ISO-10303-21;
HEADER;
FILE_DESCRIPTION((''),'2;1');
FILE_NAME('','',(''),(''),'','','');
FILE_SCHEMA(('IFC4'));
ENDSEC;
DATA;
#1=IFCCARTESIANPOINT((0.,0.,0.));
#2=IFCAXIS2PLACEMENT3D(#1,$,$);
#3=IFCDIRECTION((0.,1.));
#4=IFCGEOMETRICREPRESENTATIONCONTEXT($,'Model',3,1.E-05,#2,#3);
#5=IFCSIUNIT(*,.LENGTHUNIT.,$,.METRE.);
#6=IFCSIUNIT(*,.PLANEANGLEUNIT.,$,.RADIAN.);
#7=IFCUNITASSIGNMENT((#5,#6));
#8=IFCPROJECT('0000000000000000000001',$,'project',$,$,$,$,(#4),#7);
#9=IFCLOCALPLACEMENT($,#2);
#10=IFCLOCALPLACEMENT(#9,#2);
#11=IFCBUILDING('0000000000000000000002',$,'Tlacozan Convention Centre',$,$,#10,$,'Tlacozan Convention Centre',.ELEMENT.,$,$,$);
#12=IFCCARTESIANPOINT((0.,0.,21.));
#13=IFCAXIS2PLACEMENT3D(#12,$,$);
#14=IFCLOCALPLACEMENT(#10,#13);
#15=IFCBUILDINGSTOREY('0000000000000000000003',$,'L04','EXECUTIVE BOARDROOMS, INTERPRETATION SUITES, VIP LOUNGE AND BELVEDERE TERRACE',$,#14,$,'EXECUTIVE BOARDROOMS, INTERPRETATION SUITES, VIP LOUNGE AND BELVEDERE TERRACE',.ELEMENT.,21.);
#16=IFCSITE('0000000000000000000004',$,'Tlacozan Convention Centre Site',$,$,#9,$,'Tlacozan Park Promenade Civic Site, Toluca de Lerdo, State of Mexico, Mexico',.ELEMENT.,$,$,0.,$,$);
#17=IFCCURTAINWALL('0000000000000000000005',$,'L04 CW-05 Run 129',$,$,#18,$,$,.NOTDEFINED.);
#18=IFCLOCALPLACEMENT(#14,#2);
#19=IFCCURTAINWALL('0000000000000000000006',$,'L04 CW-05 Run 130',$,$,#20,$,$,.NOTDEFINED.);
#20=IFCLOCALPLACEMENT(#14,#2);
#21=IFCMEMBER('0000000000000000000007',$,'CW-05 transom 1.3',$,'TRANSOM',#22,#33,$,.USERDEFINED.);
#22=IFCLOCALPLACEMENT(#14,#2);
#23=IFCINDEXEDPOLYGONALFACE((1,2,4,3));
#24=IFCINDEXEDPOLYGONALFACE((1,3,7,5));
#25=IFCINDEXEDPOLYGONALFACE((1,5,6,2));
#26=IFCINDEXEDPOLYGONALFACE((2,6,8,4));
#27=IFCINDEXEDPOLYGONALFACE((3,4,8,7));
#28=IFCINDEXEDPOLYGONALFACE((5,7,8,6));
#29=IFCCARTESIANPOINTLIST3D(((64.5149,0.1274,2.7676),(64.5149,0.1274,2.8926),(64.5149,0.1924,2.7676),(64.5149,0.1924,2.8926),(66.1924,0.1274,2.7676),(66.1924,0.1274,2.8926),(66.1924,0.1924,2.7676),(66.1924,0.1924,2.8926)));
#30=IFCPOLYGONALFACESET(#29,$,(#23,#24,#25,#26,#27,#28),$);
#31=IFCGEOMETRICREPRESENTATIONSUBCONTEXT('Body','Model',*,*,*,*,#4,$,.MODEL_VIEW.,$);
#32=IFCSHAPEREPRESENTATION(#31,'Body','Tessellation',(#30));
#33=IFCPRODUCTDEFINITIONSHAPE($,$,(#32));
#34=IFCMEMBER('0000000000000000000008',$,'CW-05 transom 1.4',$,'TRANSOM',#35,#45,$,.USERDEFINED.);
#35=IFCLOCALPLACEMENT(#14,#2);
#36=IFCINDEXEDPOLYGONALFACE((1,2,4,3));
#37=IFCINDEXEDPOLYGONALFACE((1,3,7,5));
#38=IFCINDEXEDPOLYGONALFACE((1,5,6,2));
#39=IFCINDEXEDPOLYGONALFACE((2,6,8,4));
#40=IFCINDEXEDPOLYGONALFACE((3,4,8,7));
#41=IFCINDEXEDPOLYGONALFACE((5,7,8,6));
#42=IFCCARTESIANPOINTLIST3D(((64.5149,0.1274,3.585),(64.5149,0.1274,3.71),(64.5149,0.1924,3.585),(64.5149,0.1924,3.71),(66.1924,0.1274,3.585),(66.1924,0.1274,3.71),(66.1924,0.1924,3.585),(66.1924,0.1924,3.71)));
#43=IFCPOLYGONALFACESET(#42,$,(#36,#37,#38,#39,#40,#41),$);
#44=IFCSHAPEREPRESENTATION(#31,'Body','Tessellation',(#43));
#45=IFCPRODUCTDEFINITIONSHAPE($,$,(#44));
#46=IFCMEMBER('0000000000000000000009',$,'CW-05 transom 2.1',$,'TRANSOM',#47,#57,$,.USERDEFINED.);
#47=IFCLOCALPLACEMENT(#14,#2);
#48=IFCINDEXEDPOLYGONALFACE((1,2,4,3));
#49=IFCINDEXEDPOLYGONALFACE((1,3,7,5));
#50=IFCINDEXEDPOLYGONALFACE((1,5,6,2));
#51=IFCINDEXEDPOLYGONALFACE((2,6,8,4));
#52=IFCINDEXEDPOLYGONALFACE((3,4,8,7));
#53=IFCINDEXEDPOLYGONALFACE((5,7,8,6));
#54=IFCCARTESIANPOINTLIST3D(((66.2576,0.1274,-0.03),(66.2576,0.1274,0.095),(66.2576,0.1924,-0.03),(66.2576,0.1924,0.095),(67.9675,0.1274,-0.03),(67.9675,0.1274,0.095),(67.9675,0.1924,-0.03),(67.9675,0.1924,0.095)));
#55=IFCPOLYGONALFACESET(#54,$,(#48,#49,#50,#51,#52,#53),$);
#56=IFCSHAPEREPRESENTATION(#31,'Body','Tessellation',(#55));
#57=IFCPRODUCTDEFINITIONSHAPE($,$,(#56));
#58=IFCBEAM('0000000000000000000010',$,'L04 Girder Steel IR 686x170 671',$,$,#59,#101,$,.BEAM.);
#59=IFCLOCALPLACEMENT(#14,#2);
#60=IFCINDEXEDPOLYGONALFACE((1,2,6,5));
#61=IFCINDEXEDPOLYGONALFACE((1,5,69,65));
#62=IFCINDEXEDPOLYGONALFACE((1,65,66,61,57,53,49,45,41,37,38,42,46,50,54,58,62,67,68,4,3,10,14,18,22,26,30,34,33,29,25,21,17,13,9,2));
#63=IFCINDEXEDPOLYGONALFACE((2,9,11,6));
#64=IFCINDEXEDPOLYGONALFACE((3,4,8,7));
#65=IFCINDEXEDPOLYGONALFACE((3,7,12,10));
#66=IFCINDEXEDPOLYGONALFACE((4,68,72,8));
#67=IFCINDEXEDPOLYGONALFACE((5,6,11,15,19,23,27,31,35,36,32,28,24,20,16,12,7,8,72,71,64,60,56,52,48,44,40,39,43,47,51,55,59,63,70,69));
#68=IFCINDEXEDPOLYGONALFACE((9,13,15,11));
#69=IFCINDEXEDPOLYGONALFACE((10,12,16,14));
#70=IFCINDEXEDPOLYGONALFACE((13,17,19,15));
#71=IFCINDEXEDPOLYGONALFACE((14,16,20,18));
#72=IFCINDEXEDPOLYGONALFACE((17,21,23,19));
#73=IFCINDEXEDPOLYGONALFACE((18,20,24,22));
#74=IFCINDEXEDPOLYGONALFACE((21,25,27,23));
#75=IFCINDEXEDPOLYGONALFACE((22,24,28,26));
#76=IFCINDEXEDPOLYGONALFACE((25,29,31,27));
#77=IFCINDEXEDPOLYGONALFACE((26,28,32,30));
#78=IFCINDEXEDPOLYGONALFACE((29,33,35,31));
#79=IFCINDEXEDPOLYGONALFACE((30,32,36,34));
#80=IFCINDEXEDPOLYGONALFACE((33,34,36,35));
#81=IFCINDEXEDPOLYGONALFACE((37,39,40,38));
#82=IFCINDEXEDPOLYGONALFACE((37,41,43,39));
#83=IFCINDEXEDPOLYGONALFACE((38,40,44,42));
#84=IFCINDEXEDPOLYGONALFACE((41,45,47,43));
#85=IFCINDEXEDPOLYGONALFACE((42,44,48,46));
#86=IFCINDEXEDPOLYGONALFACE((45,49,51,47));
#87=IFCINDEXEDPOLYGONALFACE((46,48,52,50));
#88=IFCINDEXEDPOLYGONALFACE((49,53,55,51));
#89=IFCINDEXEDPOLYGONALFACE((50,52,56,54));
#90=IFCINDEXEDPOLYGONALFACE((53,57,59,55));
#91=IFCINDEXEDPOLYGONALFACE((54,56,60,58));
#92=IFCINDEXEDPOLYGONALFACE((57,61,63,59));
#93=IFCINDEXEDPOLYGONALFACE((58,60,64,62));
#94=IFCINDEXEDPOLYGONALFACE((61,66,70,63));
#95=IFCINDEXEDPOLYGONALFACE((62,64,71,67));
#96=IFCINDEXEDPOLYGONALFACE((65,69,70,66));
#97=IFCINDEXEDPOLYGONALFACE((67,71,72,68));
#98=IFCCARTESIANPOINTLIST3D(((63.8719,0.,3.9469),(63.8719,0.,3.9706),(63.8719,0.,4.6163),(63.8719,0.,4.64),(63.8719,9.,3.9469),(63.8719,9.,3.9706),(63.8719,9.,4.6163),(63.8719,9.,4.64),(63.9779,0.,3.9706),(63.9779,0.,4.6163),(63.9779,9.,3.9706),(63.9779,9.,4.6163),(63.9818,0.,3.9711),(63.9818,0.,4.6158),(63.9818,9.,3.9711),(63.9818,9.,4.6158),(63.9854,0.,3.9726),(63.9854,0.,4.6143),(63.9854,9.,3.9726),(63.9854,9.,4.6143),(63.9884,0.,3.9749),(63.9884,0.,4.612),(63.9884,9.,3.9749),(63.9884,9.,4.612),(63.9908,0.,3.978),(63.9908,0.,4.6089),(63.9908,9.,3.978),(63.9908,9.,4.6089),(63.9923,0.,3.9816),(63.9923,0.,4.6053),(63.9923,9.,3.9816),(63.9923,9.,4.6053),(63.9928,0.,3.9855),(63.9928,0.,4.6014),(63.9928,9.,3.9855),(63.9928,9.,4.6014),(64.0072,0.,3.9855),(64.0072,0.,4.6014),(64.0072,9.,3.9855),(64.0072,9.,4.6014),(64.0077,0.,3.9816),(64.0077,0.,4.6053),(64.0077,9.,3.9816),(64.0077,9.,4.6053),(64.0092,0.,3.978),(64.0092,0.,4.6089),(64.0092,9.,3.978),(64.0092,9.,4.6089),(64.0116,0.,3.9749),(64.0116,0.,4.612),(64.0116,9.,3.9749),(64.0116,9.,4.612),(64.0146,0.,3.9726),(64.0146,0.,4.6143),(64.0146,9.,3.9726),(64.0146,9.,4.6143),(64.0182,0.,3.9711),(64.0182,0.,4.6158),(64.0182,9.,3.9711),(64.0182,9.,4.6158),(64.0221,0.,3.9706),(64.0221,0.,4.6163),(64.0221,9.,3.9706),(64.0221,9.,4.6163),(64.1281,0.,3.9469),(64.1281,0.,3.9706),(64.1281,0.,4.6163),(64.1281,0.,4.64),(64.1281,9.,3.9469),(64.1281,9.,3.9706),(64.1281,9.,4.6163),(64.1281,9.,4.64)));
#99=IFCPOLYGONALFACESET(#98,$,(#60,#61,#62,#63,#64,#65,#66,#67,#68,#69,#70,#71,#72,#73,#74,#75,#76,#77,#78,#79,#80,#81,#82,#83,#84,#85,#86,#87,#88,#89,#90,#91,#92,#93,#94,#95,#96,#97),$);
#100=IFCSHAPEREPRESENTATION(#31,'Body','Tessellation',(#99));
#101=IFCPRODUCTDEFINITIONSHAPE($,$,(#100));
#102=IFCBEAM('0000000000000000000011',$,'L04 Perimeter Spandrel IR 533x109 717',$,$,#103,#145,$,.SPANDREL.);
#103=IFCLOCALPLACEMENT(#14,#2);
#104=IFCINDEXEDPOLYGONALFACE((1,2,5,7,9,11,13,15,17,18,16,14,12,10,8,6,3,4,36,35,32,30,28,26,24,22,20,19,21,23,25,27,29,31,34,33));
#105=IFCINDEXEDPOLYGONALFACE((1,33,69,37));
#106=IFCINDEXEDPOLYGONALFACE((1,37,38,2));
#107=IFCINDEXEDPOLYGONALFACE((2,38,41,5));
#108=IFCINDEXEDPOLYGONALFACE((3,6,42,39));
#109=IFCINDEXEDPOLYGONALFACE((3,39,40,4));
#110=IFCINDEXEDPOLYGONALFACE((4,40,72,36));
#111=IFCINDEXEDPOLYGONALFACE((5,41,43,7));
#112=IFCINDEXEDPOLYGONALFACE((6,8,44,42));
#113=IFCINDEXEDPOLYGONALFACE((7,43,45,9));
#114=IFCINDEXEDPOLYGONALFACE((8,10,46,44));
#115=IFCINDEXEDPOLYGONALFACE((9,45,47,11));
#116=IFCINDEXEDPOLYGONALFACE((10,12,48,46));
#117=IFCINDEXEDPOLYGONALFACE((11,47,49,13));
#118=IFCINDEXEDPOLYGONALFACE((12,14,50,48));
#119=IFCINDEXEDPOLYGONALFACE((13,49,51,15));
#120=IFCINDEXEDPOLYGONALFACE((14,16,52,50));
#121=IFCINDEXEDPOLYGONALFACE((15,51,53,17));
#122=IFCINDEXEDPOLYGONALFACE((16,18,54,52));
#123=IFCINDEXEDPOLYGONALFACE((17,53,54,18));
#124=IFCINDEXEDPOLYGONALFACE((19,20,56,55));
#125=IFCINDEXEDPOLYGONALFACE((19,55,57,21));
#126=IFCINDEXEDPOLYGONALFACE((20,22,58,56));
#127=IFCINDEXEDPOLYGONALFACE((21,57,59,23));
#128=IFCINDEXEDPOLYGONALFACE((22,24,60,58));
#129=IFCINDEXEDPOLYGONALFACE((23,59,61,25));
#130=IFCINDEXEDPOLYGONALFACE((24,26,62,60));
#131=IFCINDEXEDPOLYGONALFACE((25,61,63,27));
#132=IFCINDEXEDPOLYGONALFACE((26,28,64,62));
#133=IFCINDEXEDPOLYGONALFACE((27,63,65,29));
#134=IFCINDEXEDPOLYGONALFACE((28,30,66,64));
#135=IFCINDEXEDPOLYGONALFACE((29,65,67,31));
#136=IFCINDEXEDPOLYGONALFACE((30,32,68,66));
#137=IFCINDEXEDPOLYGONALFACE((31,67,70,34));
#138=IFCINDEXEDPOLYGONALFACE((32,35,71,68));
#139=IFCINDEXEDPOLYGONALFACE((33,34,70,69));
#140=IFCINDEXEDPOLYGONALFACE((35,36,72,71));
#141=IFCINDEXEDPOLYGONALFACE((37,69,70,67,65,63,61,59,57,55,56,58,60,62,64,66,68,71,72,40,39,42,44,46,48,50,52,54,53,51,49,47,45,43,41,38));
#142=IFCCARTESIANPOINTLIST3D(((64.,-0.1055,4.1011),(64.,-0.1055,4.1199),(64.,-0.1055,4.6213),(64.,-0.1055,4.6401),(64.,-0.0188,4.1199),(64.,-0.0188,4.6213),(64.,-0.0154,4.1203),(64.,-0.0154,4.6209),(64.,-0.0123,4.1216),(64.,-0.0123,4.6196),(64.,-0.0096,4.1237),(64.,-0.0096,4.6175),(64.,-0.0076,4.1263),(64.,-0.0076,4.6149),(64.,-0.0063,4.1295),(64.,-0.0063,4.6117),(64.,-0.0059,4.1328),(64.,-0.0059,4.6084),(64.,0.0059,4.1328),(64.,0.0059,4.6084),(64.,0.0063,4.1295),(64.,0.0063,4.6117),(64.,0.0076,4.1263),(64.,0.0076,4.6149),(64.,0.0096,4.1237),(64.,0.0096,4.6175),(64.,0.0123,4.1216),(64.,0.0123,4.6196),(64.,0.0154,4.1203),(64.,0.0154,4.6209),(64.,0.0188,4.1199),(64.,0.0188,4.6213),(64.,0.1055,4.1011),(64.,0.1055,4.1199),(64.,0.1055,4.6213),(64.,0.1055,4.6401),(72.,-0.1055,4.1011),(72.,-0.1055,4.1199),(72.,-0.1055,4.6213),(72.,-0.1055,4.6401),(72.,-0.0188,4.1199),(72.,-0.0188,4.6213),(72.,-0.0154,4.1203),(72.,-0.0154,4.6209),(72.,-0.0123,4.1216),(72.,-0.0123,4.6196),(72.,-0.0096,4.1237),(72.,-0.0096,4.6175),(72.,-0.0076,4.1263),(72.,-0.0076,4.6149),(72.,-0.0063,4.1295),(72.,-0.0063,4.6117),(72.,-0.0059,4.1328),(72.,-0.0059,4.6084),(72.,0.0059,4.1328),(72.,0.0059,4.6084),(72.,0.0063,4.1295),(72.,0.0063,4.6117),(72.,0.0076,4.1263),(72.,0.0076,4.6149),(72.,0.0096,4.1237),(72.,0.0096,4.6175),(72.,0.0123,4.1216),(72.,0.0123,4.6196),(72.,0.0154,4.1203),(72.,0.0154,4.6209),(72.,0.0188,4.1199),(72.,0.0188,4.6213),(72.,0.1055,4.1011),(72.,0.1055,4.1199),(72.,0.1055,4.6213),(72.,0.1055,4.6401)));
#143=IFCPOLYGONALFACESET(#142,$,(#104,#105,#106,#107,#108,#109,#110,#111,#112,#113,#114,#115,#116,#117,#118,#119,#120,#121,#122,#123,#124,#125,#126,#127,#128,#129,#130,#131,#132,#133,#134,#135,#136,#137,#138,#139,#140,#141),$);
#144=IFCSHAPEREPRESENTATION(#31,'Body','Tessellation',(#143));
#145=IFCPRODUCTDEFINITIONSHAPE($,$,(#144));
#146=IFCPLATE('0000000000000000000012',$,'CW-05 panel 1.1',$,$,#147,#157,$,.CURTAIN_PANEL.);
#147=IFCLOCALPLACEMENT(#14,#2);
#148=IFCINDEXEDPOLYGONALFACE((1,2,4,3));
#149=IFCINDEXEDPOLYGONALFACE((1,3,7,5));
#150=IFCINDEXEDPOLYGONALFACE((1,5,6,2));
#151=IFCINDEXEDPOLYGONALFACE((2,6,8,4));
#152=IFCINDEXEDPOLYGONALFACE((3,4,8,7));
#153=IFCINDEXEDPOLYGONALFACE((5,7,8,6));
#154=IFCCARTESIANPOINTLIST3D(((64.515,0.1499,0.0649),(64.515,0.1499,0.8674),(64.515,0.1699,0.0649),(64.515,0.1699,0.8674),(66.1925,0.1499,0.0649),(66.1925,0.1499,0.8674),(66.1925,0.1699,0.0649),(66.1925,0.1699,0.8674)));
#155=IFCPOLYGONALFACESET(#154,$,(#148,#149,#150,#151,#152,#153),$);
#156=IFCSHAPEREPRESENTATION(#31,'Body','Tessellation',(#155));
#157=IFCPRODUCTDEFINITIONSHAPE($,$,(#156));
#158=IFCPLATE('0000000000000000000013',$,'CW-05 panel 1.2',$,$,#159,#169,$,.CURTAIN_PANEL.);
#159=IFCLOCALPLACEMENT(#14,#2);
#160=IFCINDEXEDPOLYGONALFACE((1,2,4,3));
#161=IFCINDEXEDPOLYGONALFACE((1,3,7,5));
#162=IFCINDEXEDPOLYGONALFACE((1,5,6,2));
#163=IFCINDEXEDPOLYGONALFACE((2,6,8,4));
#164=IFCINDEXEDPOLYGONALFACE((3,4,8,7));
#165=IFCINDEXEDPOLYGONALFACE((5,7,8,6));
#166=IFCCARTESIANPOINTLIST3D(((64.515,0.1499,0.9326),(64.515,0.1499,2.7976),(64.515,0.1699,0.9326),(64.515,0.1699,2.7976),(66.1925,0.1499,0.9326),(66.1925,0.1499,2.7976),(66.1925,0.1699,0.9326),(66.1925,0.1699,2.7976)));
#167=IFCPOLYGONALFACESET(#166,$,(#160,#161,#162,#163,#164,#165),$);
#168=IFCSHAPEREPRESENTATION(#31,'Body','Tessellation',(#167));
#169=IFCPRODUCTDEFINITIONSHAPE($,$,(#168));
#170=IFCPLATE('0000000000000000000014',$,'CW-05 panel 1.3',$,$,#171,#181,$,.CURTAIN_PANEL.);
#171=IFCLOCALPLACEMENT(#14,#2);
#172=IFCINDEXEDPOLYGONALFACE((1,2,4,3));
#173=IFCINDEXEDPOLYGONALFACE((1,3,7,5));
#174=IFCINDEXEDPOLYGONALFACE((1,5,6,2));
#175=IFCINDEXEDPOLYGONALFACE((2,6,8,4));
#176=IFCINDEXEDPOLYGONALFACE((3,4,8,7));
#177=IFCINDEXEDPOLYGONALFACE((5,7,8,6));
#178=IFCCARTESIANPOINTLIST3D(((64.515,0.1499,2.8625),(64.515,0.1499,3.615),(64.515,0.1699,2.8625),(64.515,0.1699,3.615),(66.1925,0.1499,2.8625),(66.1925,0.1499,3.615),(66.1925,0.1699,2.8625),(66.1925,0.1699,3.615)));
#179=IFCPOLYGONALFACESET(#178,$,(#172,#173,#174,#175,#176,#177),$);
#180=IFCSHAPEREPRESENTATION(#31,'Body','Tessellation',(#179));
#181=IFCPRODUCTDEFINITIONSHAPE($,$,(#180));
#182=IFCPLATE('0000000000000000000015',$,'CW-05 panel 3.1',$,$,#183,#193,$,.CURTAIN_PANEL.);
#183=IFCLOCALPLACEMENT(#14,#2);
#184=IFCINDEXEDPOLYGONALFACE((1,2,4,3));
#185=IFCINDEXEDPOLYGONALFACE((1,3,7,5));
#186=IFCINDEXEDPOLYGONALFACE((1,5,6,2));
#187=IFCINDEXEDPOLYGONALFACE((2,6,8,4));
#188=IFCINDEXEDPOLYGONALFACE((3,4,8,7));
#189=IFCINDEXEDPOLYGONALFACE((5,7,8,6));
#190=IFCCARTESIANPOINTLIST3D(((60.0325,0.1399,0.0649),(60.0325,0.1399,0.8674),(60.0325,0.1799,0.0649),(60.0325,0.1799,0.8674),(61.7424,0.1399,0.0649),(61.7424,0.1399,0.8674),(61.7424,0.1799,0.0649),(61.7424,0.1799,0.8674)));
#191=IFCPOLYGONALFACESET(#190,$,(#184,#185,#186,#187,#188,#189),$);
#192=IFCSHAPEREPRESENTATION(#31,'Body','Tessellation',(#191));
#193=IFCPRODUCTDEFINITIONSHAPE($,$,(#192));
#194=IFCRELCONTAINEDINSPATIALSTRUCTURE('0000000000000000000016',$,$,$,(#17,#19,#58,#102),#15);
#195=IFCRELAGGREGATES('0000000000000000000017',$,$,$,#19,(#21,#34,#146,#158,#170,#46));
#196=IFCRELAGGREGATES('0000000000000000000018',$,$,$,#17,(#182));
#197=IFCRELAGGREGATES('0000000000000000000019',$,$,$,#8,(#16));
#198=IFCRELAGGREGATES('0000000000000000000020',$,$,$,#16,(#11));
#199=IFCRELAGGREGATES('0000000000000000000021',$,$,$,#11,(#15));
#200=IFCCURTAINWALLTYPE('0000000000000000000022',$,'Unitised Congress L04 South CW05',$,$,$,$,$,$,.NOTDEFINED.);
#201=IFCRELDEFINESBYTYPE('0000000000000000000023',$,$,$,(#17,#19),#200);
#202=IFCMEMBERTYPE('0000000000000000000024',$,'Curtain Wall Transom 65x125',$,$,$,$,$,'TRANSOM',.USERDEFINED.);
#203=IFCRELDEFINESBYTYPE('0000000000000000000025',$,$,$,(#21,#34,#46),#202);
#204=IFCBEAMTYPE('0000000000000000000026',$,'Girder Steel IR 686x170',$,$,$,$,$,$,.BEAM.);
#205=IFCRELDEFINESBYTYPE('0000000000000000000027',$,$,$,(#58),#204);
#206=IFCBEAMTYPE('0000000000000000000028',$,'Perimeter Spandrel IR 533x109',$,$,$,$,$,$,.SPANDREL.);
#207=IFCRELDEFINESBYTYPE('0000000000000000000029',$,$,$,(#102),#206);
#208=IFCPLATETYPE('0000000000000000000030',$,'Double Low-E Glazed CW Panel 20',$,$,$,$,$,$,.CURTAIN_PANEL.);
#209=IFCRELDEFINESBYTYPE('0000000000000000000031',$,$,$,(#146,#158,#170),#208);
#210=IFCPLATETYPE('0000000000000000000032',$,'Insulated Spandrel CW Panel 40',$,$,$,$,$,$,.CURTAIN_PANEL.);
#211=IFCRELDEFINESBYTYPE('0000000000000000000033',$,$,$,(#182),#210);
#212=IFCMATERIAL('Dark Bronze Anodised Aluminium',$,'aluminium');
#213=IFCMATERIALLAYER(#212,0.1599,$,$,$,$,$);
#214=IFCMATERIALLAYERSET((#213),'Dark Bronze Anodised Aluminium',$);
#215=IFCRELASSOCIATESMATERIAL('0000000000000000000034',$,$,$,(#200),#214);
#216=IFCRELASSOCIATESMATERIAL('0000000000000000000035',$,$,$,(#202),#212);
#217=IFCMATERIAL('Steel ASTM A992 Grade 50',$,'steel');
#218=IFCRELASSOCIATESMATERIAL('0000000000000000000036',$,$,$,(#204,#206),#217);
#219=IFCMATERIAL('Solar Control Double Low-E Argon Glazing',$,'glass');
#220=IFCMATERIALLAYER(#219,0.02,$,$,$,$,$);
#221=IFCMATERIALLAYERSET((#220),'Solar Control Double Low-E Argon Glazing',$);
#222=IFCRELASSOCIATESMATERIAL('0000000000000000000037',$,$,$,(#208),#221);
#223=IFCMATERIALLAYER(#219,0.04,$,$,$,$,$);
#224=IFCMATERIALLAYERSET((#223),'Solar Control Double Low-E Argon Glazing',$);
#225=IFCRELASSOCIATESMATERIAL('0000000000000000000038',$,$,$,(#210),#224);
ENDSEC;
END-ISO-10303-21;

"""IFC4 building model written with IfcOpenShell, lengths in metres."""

from ifc_helpers import new_model, si_unit, direction, frame, origin, origin_2d, place, context, subcontext, project, spatial, rectangle, i_section, extrude, material, layer, layer_set, material_profile, profile_set, type_object, element, aggregate, save


model = new_model("IFC4")

# Units and contexts
model_context = context("Model", 3, precision=1e-05, world=origin(), true_north=direction((0.0, 1.0)))
body_context = subcontext(model_context, "Body", "Model", "MODEL_VIEW")
ifc_project = project(units=[si_unit("LENGTHUNIT", "METRE"), si_unit("PLANEANGLEUNIT", "RADIAN")], contexts=[model_context])

# Site, building, storey
site_placement = place(None, origin())
site = spatial("IfcSite", under=ifc_project, at=site_placement, Name="Tlacozan Convention Centre Site", LongName="Tlacozan Park Promenade Civic Site, Toluca de Lerdo, State of Mexico, Mexico", CompositionType="ELEMENT", RefElevation=0.0)
building_placement = place(site_placement, origin())
building = spatial("IfcBuilding", under=site, at=building_placement, Name="Tlacozan Convention Centre", LongName="Tlacozan Convention Centre", CompositionType="ELEMENT")
storey_placement = place(building_placement, frame((0.0, 0.0, 21.0)))
storey = spatial("IfcBuildingStorey", under=building, at=storey_placement, Name="L04", Description="EXECUTIVE BOARDROOMS, INTERPRETATION SUITES, VIP LOUNGE AND BELVEDERE TERRACE", LongName="EXECUTIVE BOARDROOMS, INTERPRETATION SUITES, VIP LOUNGE AND BELVEDERE TERRACE", CompositionType="ELEMENT", Elevation=21.0)

# Curtain walls
ifc_material_1 = material(Name="Dark Bronze Anodised Aluminium", Category="aluminium")
ifc_layer_1 = layer(ifc_material_1, 0.1599)
ifc_layer_set_1 = layer_set([ifc_layer_1], Name="Dark Bronze Anodised Aluminium")
curtain_wall_type = type_object("IfcCurtainWallType", Name="Unitised Congress L04 South CW05", PredefinedType="NOTDEFINED", material=ifc_layer_set_1)
curtain_wall_1_placement = place(storey_placement, origin())
curtain_wall_1 = element("IfcCurtainWall", 1, at=curtain_wall_1_placement, inside=storey, type_object=curtain_wall_type, Name="L04 CW-05 Run 129", PredefinedType="NOTDEFINED")
curtain_wall_2_placement = place(storey_placement, origin())
curtain_wall_2 = element("IfcCurtainWall", 2, at=curtain_wall_2_placement, inside=storey, type_object=curtain_wall_type, Name="L04 CW-05 Run 130", PredefinedType="NOTDEFINED")

# Members
ifc_material_profile_1 = material_profile(ifc_material_1, rectangle(XDim=0.0649, YDim=0.125, at=origin_2d()), Name="ALU 65x125")
ifc_profile_set_1 = profile_set([ifc_material_profile_1], Name="Dark Bronze Anodised Aluminium")
member_type_1 = type_object("IfcMemberType", Name="Curtain Wall Transom 65x125", ElementType="TRANSOM", PredefinedType="USERDEFINED", material=ifc_profile_set_1)
member_1_placement = place(storey_placement, frame((64.5149, 0.1599, 2.8301), z_axis=(1.0, 0.0, 0.0), x_axis=(0.0, 1.0, 0.0)))
member_1 = element("IfcMember", 3, at=member_1_placement, type_object=member_type_1, Name="CW-05 transom 1.3", ObjectType="TRANSOM", PredefinedType="USERDEFINED", context=body_context, shape_type="SweptSolid", body=[
    extrude(rectangle(XDim=0.0649, YDim=0.125, at=origin_2d()), origin(), (0.0, 0.0, 1.0), 1.6775),
])
member_2_placement = place(storey_placement, frame((64.5149, 0.1599, 3.6475), z_axis=(1.0, 0.0, 0.0), x_axis=(0.0, 1.0, 0.0)))
member_2 = element("IfcMember", 4, at=member_2_placement, type_object=member_type_1, Name="CW-05 transom 1.4", ObjectType="TRANSOM", PredefinedType="USERDEFINED", context=body_context, shape_type="SweptSolid", body=[
    extrude(rectangle(XDim=0.0649, YDim=0.125, at=origin_2d()), origin(), (0.0, 0.0, 1.0), 1.6775),
])
member_3_placement = place(storey_placement, frame((66.2576, 0.1599, 0.0325), z_axis=(1.0, 0.0, 0.0), x_axis=(0.0, 1.0, 0.0)))
member_3 = element("IfcMember", 5, at=member_3_placement, type_object=member_type_1, Name="CW-05 transom 2.1", ObjectType="TRANSOM", PredefinedType="USERDEFINED", context=body_context, shape_type="SweptSolid", body=[
    extrude(rectangle(XDim=0.0649, YDim=0.125, at=origin_2d()), origin(), (0.0, 0.0, 1.0), 1.71),
])

# Beams
ifc_material_2 = material(Name="Steel ASTM A992 Grade 50", Category="steel")
ifc_material_profile_2 = material_profile(ifc_material_2, i_section(OverallWidth=0.2561, OverallDepth=0.6931, WebThickness=0.0144, FlangeThickness=0.0237, FilletRadius=0.0149, at=origin_2d()), Name="IR 686x170.0")
ifc_profile_set_2 = profile_set([ifc_material_profile_2], Name="Steel ASTM A992 Grade 50")
beam_type_1 = type_object("IfcBeamType", Name="Girder Steel IR 686x170", PredefinedType="BEAM", material=ifc_profile_set_2)
beam_1_placement = place(storey_placement, frame((64.0, 0.0, 4.2935), z_axis=(0.0, 1.0, 0.0), x_axis=(-1.0, 0.0, 0.0)))
element("IfcBeam", 6, at=beam_1_placement, inside=storey, type_object=beam_type_1, Name="L04 Girder Steel IR 686x170 671", PredefinedType="BEAM", context=body_context, shape_type="SweptSolid", body=[
    extrude(i_section(OverallWidth=0.2561, OverallDepth=0.6931, WebThickness=0.0144, FlangeThickness=0.0237, FilletRadius=0.0149, at=origin_2d()), origin(), (0.0, 0.0, 1.0), 9.0),
])
ifc_material_profile_3 = material_profile(ifc_material_2, i_section(OverallWidth=0.2109, OverallDepth=0.5391, WebThickness=0.0117, FlangeThickness=0.0188, FilletRadius=0.0129, at=origin_2d()), Name="IR 533x109.0")
ifc_profile_set_3 = profile_set([ifc_material_profile_3], Name="Steel ASTM A992 Grade 50")
beam_type_2 = type_object("IfcBeamType", Name="Perimeter Spandrel IR 533x109", PredefinedType="SPANDREL", material=ifc_profile_set_3)
beam_2_placement = place(storey_placement, frame((64.0, 0.0, 4.3706), z_axis=(1.0, 0.0, 0.0), x_axis=(0.0, 1.0, 0.0)))
element("IfcBeam", 7, at=beam_2_placement, inside=storey, type_object=beam_type_2, Name="L04 Perimeter Spandrel IR 533x109 717", PredefinedType="SPANDREL", context=body_context, shape_type="SweptSolid", body=[
    extrude(i_section(OverallWidth=0.2109, OverallDepth=0.5391, WebThickness=0.0117, FlangeThickness=0.0188, FilletRadius=0.0129, at=origin_2d()), origin(), (0.0, 0.0, 1.0), 8.0),
])

# Plates
ifc_material_3 = material(Name="Solar Control Double Low-E Argon Glazing", Category="glass")
ifc_layer_2 = layer(ifc_material_3, 0.02)
ifc_layer_set_2 = layer_set([ifc_layer_2], Name="Solar Control Double Low-E Argon Glazing")
plate_type_1 = type_object("IfcPlateType", Name="Double Low-E Glazed CW Panel 20", PredefinedType="CURTAIN_PANEL", material=ifc_layer_set_2)
plate_1_placement = place(storey_placement, frame((65.3538, 0.1599, 0.0649), z_axis=(0.0, 0.0, 1.0), x_axis=(1.0, 0.0, 0.0)))
plate_1 = element("IfcPlate", 8, at=plate_1_placement, type_object=plate_type_1, Name="CW-05 panel 1.1", PredefinedType="CURTAIN_PANEL", context=body_context, shape_type="SweptSolid", body=[
    extrude(rectangle(XDim=1.6775, YDim=0.02, at=origin_2d()), origin(), (0.0, 0.0, 1.0), 0.8025),
])
plate_2_placement = place(storey_placement, frame((65.3538, 0.1599, 0.9326), z_axis=(0.0, 0.0, 1.0), x_axis=(1.0, 0.0, 0.0)))
plate_2 = element("IfcPlate", 9, at=plate_2_placement, type_object=plate_type_1, Name="CW-05 panel 1.2", PredefinedType="CURTAIN_PANEL", context=body_context, shape_type="SweptSolid", body=[
    extrude(rectangle(XDim=1.6775, YDim=0.02, at=origin_2d()), origin(), (0.0, 0.0, 1.0), 1.865),
])
plate_3_placement = place(storey_placement, frame((65.3538, 0.1599, 2.8625), z_axis=(0.0, 0.0, 1.0), x_axis=(1.0, 0.0, 0.0)))
plate_3 = element("IfcPlate", 10, at=plate_3_placement, type_object=plate_type_1, Name="CW-05 panel 1.3", PredefinedType="CURTAIN_PANEL", context=body_context, shape_type="SweptSolid", body=[
    extrude(rectangle(XDim=1.6775, YDim=0.02, at=origin_2d()), origin(), (0.0, 0.0, 1.0), 0.7524),
])
aggregate(curtain_wall_2, [member_1, member_2, plate_1, plate_2, plate_3, member_3])
ifc_layer_3 = layer(ifc_material_3, 0.04)
ifc_layer_set_3 = layer_set([ifc_layer_3], Name="Solar Control Double Low-E Argon Glazing")
plate_type_2 = type_object("IfcPlateType", Name="Insulated Spandrel CW Panel 40", PredefinedType="CURTAIN_PANEL", material=ifc_layer_set_3)
plate_4_placement = place(storey_placement, frame((60.8875, 0.1599, 0.0649), z_axis=(0.0, 0.0, 1.0), x_axis=(1.0, 0.0, 0.0)))
plate_4 = element("IfcPlate", 11, at=plate_4_placement, type_object=plate_type_2, Name="CW-05 panel 3.1", PredefinedType="CURTAIN_PANEL", context=body_context, shape_type="SweptSolid", body=[
    extrude(rectangle(XDim=1.71, YDim=0.04, at=origin_2d()), origin(), (0.0, 0.0, 1.0), 0.8025),
])
aggregate(curtain_wall_1, [plate_4])

save(model, "model.ifc")
